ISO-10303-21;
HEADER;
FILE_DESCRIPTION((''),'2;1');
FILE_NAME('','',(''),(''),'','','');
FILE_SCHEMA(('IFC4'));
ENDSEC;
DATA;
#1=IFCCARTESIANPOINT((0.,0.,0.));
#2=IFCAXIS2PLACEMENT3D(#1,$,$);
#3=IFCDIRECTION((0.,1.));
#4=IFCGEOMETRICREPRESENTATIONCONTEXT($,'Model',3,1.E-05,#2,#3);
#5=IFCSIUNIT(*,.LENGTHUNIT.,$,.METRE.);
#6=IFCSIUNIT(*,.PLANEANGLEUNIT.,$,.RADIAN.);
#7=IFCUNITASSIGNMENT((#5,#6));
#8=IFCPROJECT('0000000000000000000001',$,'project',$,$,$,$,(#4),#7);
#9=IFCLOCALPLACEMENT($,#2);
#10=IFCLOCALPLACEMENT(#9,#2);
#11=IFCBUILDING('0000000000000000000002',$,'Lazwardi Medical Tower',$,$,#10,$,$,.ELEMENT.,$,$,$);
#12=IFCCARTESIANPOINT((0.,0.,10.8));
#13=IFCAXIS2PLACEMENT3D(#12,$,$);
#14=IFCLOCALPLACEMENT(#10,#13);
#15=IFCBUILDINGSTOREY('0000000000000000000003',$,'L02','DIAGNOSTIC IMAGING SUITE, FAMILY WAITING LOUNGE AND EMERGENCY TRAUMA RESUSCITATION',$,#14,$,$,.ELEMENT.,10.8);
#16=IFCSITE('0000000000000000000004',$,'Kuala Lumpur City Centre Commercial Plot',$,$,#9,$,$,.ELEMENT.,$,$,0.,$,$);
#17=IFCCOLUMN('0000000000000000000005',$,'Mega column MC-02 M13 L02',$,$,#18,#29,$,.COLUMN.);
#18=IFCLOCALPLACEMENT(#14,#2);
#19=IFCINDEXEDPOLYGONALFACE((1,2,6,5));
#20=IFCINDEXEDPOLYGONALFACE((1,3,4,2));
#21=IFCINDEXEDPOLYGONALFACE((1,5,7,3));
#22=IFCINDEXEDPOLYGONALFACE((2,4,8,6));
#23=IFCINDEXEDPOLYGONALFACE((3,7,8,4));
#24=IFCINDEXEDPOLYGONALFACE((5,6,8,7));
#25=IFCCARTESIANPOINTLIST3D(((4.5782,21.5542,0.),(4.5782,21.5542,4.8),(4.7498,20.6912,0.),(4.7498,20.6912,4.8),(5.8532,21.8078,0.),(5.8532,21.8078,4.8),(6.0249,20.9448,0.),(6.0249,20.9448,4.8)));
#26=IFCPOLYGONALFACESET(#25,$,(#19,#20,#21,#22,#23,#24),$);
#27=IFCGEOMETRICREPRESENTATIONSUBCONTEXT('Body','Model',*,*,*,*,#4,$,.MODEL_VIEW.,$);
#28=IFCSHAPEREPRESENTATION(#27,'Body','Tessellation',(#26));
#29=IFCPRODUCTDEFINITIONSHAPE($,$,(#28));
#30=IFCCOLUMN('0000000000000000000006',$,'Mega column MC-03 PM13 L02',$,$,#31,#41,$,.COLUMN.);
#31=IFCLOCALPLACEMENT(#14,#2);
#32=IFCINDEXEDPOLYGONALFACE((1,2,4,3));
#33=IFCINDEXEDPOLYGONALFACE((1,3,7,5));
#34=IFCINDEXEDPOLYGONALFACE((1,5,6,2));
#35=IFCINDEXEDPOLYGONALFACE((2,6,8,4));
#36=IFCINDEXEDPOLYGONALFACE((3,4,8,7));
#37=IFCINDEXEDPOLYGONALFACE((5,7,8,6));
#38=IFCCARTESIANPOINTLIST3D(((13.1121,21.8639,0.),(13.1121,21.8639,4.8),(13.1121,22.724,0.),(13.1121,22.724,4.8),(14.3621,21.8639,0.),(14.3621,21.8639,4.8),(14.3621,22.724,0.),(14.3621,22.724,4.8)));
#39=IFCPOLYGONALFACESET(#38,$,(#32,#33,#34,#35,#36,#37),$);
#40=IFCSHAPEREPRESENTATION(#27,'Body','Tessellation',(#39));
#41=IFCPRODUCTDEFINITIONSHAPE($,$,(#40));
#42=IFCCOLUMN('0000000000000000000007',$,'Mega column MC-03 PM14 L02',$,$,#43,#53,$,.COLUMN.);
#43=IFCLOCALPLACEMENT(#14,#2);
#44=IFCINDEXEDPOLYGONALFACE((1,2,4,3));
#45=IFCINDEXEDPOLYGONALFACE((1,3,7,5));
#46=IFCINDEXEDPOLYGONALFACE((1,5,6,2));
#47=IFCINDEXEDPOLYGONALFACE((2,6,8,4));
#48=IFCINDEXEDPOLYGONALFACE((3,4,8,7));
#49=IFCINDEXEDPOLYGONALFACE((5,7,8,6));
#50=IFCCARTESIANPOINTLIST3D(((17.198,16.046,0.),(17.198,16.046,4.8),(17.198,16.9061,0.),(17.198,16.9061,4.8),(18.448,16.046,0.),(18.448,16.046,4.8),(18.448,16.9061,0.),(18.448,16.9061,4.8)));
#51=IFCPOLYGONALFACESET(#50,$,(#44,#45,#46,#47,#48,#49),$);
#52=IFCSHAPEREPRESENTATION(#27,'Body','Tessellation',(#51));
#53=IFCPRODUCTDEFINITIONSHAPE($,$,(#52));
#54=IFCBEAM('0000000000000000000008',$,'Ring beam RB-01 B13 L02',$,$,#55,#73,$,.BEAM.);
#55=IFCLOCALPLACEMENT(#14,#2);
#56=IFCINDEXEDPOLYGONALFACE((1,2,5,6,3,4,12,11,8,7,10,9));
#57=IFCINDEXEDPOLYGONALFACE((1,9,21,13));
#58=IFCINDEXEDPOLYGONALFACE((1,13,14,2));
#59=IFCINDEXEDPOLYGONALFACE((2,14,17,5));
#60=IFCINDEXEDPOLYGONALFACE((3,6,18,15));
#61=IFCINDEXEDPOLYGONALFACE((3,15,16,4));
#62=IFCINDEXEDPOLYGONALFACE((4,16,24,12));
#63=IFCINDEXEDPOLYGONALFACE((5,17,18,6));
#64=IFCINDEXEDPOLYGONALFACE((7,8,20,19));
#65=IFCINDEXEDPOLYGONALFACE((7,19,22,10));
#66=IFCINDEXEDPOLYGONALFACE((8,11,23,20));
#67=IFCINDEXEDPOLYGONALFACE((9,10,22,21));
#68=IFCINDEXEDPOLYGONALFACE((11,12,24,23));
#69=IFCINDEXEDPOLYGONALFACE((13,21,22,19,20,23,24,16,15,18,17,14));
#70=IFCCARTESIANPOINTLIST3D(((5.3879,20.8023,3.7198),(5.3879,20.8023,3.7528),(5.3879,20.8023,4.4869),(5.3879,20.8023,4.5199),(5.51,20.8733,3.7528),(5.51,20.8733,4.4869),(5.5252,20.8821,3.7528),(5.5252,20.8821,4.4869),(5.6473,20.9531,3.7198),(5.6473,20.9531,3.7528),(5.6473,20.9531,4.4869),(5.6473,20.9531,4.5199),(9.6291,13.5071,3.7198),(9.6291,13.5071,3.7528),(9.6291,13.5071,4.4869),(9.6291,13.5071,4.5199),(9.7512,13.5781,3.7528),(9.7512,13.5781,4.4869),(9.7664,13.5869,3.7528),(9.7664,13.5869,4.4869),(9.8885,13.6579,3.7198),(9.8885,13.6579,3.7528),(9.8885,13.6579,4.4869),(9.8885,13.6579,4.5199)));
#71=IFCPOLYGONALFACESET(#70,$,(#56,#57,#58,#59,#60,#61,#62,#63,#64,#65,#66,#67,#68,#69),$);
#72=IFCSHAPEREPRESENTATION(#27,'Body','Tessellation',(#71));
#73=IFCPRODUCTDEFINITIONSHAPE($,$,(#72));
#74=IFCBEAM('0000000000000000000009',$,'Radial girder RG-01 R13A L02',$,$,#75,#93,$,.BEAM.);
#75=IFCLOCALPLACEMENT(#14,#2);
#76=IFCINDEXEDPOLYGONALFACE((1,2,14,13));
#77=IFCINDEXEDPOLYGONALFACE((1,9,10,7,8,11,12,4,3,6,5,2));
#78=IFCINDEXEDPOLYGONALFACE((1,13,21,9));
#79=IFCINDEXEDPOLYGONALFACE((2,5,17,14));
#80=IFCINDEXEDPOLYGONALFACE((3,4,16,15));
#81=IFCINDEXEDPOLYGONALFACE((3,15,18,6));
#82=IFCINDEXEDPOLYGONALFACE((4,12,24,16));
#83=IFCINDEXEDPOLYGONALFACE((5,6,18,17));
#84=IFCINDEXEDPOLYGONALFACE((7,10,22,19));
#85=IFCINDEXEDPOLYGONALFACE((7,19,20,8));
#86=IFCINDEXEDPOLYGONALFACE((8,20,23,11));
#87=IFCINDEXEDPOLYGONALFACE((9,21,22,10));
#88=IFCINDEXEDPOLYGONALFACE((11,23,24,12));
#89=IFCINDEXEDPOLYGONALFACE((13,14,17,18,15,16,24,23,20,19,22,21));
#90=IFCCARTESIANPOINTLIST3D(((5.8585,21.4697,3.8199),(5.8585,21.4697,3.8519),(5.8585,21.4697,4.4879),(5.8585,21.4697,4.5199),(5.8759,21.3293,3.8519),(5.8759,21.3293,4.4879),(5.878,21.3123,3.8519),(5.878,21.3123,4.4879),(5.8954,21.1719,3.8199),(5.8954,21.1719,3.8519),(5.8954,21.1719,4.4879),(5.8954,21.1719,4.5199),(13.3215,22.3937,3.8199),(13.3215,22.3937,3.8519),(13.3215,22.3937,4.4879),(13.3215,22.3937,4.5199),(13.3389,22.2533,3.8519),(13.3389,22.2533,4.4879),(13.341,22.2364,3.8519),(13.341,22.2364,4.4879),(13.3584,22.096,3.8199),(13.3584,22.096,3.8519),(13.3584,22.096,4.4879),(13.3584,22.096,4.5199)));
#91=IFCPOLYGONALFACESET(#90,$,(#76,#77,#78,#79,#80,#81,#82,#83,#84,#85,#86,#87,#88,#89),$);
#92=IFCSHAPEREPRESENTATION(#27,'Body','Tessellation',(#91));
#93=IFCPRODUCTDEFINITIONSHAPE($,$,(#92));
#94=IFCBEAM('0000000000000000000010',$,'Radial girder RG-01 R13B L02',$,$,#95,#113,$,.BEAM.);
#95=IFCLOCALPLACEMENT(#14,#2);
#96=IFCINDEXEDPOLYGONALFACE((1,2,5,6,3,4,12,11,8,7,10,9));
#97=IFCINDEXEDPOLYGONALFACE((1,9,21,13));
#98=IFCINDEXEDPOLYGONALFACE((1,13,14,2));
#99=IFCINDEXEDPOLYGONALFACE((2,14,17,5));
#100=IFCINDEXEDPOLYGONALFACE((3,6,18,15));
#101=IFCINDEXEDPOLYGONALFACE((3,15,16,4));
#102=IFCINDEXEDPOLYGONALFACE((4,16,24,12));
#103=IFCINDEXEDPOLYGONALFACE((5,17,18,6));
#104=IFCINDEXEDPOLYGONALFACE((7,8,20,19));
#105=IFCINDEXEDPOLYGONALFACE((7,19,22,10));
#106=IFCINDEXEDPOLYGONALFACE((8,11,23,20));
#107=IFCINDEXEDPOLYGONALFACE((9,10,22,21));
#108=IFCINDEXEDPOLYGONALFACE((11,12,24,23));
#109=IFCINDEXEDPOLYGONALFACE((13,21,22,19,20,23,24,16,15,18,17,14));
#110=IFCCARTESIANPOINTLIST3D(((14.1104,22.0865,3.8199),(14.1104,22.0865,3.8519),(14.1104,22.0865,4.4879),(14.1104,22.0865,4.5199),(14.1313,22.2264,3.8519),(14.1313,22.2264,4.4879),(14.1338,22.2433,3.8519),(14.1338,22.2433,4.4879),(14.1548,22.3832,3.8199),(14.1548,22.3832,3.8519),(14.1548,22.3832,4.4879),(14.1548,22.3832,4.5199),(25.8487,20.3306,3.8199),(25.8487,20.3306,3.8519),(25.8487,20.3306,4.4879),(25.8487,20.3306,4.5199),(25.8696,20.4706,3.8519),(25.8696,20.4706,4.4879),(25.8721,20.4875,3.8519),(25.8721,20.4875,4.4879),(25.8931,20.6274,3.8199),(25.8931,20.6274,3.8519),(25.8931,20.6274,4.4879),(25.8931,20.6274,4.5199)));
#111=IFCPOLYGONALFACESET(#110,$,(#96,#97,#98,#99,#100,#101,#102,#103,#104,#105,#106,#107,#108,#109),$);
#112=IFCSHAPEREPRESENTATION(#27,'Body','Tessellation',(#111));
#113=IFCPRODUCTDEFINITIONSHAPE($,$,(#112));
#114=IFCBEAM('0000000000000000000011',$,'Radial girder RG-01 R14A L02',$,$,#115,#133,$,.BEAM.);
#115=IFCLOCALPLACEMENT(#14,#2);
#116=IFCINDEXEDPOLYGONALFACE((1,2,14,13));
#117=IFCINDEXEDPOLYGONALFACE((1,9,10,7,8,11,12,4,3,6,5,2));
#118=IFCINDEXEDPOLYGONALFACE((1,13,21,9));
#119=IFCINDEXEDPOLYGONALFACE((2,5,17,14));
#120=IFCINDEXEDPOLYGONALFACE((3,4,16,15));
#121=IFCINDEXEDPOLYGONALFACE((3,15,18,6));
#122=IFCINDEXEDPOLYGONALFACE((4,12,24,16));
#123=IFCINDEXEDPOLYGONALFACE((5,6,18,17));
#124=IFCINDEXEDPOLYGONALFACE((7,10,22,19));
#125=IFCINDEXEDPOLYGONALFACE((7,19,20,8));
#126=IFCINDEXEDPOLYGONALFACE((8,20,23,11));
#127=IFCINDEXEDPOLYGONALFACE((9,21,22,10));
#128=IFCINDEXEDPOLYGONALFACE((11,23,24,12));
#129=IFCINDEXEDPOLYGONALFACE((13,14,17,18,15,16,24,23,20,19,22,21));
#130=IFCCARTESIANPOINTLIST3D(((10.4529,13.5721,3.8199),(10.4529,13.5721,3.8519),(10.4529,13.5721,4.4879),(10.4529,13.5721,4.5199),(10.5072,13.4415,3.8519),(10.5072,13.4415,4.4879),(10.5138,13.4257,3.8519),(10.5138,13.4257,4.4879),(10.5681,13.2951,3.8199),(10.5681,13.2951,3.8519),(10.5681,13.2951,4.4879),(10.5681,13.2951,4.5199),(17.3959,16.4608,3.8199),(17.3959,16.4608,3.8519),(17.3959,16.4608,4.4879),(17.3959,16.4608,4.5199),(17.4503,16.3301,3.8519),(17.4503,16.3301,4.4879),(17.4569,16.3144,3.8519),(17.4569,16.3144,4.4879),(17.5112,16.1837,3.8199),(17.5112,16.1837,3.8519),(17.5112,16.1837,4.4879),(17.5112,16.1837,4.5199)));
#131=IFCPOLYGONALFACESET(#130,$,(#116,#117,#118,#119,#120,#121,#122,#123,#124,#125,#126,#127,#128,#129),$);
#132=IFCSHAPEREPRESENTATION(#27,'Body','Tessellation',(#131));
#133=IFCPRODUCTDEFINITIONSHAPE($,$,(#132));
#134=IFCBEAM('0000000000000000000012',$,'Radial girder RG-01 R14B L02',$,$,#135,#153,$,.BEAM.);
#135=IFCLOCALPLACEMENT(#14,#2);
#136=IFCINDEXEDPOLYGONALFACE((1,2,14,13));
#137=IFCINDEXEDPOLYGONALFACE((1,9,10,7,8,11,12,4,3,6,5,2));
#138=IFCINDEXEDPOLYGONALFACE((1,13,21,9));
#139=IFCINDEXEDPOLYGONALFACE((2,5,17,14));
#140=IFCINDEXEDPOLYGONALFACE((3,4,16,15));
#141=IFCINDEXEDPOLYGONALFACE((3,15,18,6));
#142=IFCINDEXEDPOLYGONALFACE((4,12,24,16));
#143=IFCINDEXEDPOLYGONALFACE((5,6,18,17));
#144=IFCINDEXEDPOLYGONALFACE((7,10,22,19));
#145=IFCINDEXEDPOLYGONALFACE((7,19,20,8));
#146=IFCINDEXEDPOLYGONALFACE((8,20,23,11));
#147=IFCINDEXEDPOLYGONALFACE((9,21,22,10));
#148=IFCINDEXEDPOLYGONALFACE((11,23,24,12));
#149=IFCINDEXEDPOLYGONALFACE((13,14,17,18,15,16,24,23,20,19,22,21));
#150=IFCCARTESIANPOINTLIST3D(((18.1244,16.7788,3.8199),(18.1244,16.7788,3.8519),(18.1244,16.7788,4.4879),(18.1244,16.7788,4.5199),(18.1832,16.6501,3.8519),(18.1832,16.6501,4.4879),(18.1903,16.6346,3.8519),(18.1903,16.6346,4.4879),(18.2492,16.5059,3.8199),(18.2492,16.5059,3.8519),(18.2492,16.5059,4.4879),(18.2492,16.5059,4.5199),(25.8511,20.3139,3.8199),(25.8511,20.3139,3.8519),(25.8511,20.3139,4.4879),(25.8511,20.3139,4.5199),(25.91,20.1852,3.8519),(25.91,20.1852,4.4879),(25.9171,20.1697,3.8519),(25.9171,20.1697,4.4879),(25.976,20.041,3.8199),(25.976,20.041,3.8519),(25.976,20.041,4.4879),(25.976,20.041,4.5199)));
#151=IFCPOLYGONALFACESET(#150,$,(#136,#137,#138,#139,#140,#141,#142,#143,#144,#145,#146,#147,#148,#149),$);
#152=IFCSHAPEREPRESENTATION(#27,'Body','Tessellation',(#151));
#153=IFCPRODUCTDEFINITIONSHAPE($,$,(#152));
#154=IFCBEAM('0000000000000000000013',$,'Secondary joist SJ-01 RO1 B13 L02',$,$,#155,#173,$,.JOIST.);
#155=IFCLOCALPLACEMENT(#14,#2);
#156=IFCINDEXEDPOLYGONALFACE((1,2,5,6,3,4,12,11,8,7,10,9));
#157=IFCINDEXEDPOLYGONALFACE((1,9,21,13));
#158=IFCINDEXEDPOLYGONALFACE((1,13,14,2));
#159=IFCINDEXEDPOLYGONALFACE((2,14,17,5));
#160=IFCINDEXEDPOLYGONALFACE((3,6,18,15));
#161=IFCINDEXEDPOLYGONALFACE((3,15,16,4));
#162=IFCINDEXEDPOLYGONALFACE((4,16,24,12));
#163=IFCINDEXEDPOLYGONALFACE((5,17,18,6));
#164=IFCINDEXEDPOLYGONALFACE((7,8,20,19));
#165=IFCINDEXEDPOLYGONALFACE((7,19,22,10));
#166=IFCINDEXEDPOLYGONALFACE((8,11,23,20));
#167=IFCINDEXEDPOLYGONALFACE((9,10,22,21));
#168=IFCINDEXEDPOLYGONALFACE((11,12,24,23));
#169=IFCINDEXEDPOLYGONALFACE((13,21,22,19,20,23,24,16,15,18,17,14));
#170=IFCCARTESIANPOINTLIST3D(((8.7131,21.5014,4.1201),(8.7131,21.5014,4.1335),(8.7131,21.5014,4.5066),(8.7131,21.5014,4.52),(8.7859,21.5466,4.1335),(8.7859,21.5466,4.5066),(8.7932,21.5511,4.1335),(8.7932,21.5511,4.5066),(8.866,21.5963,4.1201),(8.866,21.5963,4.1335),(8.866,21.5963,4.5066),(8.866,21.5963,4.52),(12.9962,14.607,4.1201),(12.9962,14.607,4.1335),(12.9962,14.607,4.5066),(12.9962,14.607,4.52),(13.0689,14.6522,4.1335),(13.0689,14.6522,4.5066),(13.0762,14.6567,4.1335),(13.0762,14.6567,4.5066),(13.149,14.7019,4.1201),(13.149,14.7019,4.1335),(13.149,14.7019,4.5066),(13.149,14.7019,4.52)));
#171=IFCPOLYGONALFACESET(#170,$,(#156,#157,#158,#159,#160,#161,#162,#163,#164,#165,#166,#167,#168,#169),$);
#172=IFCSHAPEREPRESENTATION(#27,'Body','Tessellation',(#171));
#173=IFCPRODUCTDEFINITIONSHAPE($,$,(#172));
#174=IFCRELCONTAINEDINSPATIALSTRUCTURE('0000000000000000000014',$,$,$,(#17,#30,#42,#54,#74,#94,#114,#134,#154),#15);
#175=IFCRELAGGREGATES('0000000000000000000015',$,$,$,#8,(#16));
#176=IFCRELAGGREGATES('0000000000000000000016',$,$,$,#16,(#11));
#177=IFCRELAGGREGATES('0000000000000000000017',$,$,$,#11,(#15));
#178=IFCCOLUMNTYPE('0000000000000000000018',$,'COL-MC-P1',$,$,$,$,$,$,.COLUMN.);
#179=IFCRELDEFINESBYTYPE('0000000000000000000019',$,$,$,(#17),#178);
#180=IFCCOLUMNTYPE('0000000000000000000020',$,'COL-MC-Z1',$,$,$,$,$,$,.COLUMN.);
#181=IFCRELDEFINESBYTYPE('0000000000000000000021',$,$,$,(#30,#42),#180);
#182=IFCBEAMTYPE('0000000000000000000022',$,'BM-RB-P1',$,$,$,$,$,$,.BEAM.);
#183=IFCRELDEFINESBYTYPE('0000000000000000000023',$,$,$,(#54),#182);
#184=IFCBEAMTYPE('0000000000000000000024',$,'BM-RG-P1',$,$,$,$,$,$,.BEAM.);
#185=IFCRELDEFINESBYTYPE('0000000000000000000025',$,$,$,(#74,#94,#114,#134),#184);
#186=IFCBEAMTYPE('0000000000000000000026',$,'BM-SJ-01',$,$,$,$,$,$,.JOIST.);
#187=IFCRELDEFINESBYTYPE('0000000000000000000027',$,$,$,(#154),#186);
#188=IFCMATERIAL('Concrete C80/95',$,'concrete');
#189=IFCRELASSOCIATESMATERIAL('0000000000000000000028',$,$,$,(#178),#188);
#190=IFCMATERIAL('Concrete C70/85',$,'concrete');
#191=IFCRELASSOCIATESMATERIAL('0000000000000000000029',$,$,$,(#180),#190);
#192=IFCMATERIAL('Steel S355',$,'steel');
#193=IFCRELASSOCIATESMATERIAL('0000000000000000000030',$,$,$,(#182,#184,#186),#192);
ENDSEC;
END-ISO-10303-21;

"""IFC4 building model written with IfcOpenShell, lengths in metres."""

from ifc_helpers import new_model, si_unit, direction, frame, origin, origin_2d, place, context, subcontext, project, spatial, rectangle, i_section, extrude, material, material_profile, profile_set, type_object, element, save


model = new_model("IFC4")

# Units and contexts
model_context = context("Model", 3, precision=1e-05, world=origin(), true_north=direction((0.0, 1.0)))
body_context = subcontext(model_context, "Body", "Model", "MODEL_VIEW")
ifc_project = project(units=[si_unit("LENGTHUNIT", "METRE"), si_unit("PLANEANGLEUNIT", "RADIAN")], contexts=[model_context])

# Site, building, storey
site_placement = place(None, origin())
site = spatial("IfcSite", under=ifc_project, at=site_placement, Name="Kuala Lumpur City Centre Commercial Plot", CompositionType="ELEMENT", RefElevation=0.0)
building_placement = place(site_placement, origin())
building = spatial("IfcBuilding", under=site, at=building_placement, Name="Lazwardi Medical Tower", CompositionType="ELEMENT")
storey_placement = place(building_placement, frame((0.0, 0.0, 10.8)))
storey = spatial("IfcBuildingStorey", under=building, at=storey_placement, Name="L02", Description="DIAGNOSTIC IMAGING SUITE, FAMILY WAITING LOUNGE AND EMERGENCY TRAUMA RESUSCITATION", CompositionType="ELEMENT", Elevation=10.8)

# Columns
ifc_material_1 = material(Name="Concrete C80/95", Category="concrete")
ifc_material_profile_1 = material_profile(ifc_material_1, rectangle(XDim=1.3, YDim=0.8799, at=origin_2d()), Name="CFT-RECT 1300x880")
ifc_profile_set_1 = profile_set([ifc_material_profile_1], Name="Concrete C80/95")
column_type_1 = type_object("IfcColumnType", Name="COL-MC-P1", PredefinedType="COLUMN", material=ifc_profile_set_1)
column_placement = place(storey_placement, frame((5.3015, 21.2495, 0.0), z_axis=(0.0, 0.0, 1.0), x_axis=(-0.980785, -0.19509, 0.0)))
element("IfcColumn", 1, at=column_placement, inside=storey, type_object=column_type_1, Name="Mega column MC-02 M13 L02", PredefinedType="COLUMN", context=body_context, shape_type="SweptSolid", body=[
    extrude(rectangle(XDim=1.3, YDim=0.8799, at=origin_2d()), origin(), (0.0, 0.0, 1.0), 4.8),
])
ifc_material_2 = material(Name="Concrete C70/85", Category="concrete")
ifc_material_profile_2 = material_profile(ifc_material_2, rectangle(XDim=1.25, YDim=0.8601, at=origin_2d()), Name="CFT-RECT 1250x860")
ifc_profile_set_2 = profile_set([ifc_material_profile_2], Name="Concrete C70/85")
column_type_2 = type_object("IfcColumnType", Name="COL-MC-Z1", PredefinedType="COLUMN", material=ifc_profile_set_2)
for number, where, z_axis, x_axis, name in (
    (2, (13.7371, 22.2939, 0.0), (0.0, 0.0, 1.0), (1.0, 0.0, 0.0), "Mega column MC-03 PM13 L02"),
    (3, (17.823, 16.4761, 0.0), (0.0, 0.0, 1.0), (1.0, 0.0, 0.0), "Mega column MC-03 PM14 L02"),
):
    element("IfcColumn", number, at=place(storey_placement, frame(where, z_axis=z_axis, x_axis=x_axis)), inside=storey, type_object=column_type_2, Name=name, PredefinedType="COLUMN", context=body_context, shape_type="SweptSolid", body=[
        extrude(rectangle(XDim=1.25, YDim=0.8601, at=origin_2d()), origin(), (0.0, 0.0, 1.0), 4.8),
    ])

# Beams
ifc_material_3 = material(Name="Steel S355", Category="steel")
ifc_material_profile_3 = material_profile(ifc_material_3, i_section(OverallWidth=0.3, OverallDepth=0.8, WebThickness=0.0176, FlangeThickness=0.033, at=origin_2d()), Name="HEB 800")
ifc_profile_set_3 = profile_set([ifc_material_profile_3], Name="Steel S355")
beam_type_1 = type_object("IfcBeamType", Name="BM-RB-P1", PredefinedType="BEAM", material=ifc_profile_set_3)
beam_1_placement = place(storey_placement, frame((5.5176, 20.8777, 4.1199), z_axis=(0.502606, -0.864516, 0.0), x_axis=(0.864516, 0.502606, 0.0)))
element("IfcBeam", 4, at=beam_1_placement, inside=storey, type_object=beam_type_1, Name="Ring beam RB-01 B13 L02", PredefinedType="BEAM", context=body_context, shape_type="SweptSolid", body=[
    extrude(i_section(OverallWidth=0.3, OverallDepth=0.8, WebThickness=0.0176, FlangeThickness=0.033, at=origin_2d()), origin(), (0.0, 0.0, 1.0), 8.4385),
])
ifc_material_profile_4 = material_profile(ifc_material_3, i_section(OverallWidth=0.3, OverallDepth=0.7, WebThickness=0.0171, FlangeThickness=0.032, at=origin_2d()), Name="HEB 700")
ifc_profile_set_4 = profile_set([ifc_material_profile_4], Name="Steel S355")
beam_type_2 = type_object("IfcBeamType", Name="BM-RG-P1", PredefinedType="BEAM", material=ifc_profile_set_4)
beam_2_placement = place(storey_placement, frame((5.877, 21.3208, 4.1699), z_axis=(0.992422, 0.12288, 0.0), x_axis=(-0.12288, 0.992422, 0.0)))
element("IfcBeam", 5, at=beam_2_placement, inside=storey, type_object=beam_type_2, Name="Radial girder RG-01 R13A L02", PredefinedType="BEAM", context=body_context, shape_type="SweptSolid", body=[
    extrude(i_section(OverallWidth=0.3, OverallDepth=0.7, WebThickness=0.0171, FlangeThickness=0.032, at=origin_2d()), origin(), (0.0, 0.0, 1.0), 7.52),
])
beam_3_placement = place(storey_placement, frame((14.1326, 22.2349, 4.1699), z_axis=(0.988997, -0.147938, 0.0), x_axis=(0.147938, 0.988997, 0.0)))
element("IfcBeam", 6, at=beam_3_placement, inside=storey, type_object=beam_type_2, Name="Radial girder RG-01 R13B L02", PredefinedType="BEAM", context=body_context, shape_type="SweptSolid", body=[
    extrude(i_section(OverallWidth=0.3, OverallDepth=0.7, WebThickness=0.0171, FlangeThickness=0.032, at=origin_2d()), origin(), (0.0, 0.0, 1.0), 11.8689),
])
beam_4_placement = place(storey_placement, frame((10.5105, 13.4336, 4.1699), z_axis=(0.923279, 0.384129, 0.0), x_axis=(-0.384129, 0.923279, 0.0)))
element("IfcBeam", 7, at=beam_4_placement, inside=storey, type_object=beam_type_2, Name="Radial girder RG-01 R14A L02", PredefinedType="BEAM", context=body_context, shape_type="SweptSolid", body=[
    extrude(i_section(OverallWidth=0.3, OverallDepth=0.7, WebThickness=0.0171, FlangeThickness=0.032, at=origin_2d()), origin(), (0.0, 0.0, 1.0), 7.52),
])
beam_5_placement = place(storey_placement, frame((18.1868, 16.6423, 4.1699), z_axis=(0.909345, 0.416042, 0.0), x_axis=(-0.416042, 0.909345, 0.0)))
element("IfcBeam", 8, at=beam_5_placement, inside=storey, type_object=beam_type_2, Name="Radial girder RG-01 R14B L02", PredefinedType="BEAM", context=body_context, shape_type="SweptSolid", body=[
    extrude(i_section(OverallWidth=0.3, OverallDepth=0.7, WebThickness=0.0171, FlangeThickness=0.032, at=origin_2d()), origin(), (0.0, 0.0, 1.0), 8.4971),
])
ifc_material_profile_5 = material_profile(ifc_material_3, i_section(OverallWidth=0.1799, OverallDepth=0.3999, WebThickness=0.0085, FlangeThickness=0.0134, at=origin_2d()), Name="IPE 400")
ifc_profile_set_5 = profile_set([ifc_material_profile_5], Name="Steel S355")
beam_type_3 = type_object("IfcBeamType", Name="BM-SJ-01", PredefinedType="JOIST", material=ifc_profile_set_5)
beam_6_placement = place(storey_placement, frame((8.7896, 21.5488, 4.3201), z_axis=(0.527696, -0.849433, 0.0), x_axis=(0.849433, 0.527696, 0.0)))
element("IfcBeam", 9, at=beam_6_placement, inside=storey, type_object=beam_type_3, Name="Secondary joist SJ-01 RO1 B13 L02", PredefinedType="JOIST", context=body_context, shape_type="SweptSolid", body=[
    extrude(i_section(OverallWidth=0.1799, OverallDepth=0.3999, WebThickness=0.0085, FlangeThickness=0.0134, at=origin_2d()), origin(), (0.0, 0.0, 1.0), 8.1165),
])

save(model, "model.ifc")
